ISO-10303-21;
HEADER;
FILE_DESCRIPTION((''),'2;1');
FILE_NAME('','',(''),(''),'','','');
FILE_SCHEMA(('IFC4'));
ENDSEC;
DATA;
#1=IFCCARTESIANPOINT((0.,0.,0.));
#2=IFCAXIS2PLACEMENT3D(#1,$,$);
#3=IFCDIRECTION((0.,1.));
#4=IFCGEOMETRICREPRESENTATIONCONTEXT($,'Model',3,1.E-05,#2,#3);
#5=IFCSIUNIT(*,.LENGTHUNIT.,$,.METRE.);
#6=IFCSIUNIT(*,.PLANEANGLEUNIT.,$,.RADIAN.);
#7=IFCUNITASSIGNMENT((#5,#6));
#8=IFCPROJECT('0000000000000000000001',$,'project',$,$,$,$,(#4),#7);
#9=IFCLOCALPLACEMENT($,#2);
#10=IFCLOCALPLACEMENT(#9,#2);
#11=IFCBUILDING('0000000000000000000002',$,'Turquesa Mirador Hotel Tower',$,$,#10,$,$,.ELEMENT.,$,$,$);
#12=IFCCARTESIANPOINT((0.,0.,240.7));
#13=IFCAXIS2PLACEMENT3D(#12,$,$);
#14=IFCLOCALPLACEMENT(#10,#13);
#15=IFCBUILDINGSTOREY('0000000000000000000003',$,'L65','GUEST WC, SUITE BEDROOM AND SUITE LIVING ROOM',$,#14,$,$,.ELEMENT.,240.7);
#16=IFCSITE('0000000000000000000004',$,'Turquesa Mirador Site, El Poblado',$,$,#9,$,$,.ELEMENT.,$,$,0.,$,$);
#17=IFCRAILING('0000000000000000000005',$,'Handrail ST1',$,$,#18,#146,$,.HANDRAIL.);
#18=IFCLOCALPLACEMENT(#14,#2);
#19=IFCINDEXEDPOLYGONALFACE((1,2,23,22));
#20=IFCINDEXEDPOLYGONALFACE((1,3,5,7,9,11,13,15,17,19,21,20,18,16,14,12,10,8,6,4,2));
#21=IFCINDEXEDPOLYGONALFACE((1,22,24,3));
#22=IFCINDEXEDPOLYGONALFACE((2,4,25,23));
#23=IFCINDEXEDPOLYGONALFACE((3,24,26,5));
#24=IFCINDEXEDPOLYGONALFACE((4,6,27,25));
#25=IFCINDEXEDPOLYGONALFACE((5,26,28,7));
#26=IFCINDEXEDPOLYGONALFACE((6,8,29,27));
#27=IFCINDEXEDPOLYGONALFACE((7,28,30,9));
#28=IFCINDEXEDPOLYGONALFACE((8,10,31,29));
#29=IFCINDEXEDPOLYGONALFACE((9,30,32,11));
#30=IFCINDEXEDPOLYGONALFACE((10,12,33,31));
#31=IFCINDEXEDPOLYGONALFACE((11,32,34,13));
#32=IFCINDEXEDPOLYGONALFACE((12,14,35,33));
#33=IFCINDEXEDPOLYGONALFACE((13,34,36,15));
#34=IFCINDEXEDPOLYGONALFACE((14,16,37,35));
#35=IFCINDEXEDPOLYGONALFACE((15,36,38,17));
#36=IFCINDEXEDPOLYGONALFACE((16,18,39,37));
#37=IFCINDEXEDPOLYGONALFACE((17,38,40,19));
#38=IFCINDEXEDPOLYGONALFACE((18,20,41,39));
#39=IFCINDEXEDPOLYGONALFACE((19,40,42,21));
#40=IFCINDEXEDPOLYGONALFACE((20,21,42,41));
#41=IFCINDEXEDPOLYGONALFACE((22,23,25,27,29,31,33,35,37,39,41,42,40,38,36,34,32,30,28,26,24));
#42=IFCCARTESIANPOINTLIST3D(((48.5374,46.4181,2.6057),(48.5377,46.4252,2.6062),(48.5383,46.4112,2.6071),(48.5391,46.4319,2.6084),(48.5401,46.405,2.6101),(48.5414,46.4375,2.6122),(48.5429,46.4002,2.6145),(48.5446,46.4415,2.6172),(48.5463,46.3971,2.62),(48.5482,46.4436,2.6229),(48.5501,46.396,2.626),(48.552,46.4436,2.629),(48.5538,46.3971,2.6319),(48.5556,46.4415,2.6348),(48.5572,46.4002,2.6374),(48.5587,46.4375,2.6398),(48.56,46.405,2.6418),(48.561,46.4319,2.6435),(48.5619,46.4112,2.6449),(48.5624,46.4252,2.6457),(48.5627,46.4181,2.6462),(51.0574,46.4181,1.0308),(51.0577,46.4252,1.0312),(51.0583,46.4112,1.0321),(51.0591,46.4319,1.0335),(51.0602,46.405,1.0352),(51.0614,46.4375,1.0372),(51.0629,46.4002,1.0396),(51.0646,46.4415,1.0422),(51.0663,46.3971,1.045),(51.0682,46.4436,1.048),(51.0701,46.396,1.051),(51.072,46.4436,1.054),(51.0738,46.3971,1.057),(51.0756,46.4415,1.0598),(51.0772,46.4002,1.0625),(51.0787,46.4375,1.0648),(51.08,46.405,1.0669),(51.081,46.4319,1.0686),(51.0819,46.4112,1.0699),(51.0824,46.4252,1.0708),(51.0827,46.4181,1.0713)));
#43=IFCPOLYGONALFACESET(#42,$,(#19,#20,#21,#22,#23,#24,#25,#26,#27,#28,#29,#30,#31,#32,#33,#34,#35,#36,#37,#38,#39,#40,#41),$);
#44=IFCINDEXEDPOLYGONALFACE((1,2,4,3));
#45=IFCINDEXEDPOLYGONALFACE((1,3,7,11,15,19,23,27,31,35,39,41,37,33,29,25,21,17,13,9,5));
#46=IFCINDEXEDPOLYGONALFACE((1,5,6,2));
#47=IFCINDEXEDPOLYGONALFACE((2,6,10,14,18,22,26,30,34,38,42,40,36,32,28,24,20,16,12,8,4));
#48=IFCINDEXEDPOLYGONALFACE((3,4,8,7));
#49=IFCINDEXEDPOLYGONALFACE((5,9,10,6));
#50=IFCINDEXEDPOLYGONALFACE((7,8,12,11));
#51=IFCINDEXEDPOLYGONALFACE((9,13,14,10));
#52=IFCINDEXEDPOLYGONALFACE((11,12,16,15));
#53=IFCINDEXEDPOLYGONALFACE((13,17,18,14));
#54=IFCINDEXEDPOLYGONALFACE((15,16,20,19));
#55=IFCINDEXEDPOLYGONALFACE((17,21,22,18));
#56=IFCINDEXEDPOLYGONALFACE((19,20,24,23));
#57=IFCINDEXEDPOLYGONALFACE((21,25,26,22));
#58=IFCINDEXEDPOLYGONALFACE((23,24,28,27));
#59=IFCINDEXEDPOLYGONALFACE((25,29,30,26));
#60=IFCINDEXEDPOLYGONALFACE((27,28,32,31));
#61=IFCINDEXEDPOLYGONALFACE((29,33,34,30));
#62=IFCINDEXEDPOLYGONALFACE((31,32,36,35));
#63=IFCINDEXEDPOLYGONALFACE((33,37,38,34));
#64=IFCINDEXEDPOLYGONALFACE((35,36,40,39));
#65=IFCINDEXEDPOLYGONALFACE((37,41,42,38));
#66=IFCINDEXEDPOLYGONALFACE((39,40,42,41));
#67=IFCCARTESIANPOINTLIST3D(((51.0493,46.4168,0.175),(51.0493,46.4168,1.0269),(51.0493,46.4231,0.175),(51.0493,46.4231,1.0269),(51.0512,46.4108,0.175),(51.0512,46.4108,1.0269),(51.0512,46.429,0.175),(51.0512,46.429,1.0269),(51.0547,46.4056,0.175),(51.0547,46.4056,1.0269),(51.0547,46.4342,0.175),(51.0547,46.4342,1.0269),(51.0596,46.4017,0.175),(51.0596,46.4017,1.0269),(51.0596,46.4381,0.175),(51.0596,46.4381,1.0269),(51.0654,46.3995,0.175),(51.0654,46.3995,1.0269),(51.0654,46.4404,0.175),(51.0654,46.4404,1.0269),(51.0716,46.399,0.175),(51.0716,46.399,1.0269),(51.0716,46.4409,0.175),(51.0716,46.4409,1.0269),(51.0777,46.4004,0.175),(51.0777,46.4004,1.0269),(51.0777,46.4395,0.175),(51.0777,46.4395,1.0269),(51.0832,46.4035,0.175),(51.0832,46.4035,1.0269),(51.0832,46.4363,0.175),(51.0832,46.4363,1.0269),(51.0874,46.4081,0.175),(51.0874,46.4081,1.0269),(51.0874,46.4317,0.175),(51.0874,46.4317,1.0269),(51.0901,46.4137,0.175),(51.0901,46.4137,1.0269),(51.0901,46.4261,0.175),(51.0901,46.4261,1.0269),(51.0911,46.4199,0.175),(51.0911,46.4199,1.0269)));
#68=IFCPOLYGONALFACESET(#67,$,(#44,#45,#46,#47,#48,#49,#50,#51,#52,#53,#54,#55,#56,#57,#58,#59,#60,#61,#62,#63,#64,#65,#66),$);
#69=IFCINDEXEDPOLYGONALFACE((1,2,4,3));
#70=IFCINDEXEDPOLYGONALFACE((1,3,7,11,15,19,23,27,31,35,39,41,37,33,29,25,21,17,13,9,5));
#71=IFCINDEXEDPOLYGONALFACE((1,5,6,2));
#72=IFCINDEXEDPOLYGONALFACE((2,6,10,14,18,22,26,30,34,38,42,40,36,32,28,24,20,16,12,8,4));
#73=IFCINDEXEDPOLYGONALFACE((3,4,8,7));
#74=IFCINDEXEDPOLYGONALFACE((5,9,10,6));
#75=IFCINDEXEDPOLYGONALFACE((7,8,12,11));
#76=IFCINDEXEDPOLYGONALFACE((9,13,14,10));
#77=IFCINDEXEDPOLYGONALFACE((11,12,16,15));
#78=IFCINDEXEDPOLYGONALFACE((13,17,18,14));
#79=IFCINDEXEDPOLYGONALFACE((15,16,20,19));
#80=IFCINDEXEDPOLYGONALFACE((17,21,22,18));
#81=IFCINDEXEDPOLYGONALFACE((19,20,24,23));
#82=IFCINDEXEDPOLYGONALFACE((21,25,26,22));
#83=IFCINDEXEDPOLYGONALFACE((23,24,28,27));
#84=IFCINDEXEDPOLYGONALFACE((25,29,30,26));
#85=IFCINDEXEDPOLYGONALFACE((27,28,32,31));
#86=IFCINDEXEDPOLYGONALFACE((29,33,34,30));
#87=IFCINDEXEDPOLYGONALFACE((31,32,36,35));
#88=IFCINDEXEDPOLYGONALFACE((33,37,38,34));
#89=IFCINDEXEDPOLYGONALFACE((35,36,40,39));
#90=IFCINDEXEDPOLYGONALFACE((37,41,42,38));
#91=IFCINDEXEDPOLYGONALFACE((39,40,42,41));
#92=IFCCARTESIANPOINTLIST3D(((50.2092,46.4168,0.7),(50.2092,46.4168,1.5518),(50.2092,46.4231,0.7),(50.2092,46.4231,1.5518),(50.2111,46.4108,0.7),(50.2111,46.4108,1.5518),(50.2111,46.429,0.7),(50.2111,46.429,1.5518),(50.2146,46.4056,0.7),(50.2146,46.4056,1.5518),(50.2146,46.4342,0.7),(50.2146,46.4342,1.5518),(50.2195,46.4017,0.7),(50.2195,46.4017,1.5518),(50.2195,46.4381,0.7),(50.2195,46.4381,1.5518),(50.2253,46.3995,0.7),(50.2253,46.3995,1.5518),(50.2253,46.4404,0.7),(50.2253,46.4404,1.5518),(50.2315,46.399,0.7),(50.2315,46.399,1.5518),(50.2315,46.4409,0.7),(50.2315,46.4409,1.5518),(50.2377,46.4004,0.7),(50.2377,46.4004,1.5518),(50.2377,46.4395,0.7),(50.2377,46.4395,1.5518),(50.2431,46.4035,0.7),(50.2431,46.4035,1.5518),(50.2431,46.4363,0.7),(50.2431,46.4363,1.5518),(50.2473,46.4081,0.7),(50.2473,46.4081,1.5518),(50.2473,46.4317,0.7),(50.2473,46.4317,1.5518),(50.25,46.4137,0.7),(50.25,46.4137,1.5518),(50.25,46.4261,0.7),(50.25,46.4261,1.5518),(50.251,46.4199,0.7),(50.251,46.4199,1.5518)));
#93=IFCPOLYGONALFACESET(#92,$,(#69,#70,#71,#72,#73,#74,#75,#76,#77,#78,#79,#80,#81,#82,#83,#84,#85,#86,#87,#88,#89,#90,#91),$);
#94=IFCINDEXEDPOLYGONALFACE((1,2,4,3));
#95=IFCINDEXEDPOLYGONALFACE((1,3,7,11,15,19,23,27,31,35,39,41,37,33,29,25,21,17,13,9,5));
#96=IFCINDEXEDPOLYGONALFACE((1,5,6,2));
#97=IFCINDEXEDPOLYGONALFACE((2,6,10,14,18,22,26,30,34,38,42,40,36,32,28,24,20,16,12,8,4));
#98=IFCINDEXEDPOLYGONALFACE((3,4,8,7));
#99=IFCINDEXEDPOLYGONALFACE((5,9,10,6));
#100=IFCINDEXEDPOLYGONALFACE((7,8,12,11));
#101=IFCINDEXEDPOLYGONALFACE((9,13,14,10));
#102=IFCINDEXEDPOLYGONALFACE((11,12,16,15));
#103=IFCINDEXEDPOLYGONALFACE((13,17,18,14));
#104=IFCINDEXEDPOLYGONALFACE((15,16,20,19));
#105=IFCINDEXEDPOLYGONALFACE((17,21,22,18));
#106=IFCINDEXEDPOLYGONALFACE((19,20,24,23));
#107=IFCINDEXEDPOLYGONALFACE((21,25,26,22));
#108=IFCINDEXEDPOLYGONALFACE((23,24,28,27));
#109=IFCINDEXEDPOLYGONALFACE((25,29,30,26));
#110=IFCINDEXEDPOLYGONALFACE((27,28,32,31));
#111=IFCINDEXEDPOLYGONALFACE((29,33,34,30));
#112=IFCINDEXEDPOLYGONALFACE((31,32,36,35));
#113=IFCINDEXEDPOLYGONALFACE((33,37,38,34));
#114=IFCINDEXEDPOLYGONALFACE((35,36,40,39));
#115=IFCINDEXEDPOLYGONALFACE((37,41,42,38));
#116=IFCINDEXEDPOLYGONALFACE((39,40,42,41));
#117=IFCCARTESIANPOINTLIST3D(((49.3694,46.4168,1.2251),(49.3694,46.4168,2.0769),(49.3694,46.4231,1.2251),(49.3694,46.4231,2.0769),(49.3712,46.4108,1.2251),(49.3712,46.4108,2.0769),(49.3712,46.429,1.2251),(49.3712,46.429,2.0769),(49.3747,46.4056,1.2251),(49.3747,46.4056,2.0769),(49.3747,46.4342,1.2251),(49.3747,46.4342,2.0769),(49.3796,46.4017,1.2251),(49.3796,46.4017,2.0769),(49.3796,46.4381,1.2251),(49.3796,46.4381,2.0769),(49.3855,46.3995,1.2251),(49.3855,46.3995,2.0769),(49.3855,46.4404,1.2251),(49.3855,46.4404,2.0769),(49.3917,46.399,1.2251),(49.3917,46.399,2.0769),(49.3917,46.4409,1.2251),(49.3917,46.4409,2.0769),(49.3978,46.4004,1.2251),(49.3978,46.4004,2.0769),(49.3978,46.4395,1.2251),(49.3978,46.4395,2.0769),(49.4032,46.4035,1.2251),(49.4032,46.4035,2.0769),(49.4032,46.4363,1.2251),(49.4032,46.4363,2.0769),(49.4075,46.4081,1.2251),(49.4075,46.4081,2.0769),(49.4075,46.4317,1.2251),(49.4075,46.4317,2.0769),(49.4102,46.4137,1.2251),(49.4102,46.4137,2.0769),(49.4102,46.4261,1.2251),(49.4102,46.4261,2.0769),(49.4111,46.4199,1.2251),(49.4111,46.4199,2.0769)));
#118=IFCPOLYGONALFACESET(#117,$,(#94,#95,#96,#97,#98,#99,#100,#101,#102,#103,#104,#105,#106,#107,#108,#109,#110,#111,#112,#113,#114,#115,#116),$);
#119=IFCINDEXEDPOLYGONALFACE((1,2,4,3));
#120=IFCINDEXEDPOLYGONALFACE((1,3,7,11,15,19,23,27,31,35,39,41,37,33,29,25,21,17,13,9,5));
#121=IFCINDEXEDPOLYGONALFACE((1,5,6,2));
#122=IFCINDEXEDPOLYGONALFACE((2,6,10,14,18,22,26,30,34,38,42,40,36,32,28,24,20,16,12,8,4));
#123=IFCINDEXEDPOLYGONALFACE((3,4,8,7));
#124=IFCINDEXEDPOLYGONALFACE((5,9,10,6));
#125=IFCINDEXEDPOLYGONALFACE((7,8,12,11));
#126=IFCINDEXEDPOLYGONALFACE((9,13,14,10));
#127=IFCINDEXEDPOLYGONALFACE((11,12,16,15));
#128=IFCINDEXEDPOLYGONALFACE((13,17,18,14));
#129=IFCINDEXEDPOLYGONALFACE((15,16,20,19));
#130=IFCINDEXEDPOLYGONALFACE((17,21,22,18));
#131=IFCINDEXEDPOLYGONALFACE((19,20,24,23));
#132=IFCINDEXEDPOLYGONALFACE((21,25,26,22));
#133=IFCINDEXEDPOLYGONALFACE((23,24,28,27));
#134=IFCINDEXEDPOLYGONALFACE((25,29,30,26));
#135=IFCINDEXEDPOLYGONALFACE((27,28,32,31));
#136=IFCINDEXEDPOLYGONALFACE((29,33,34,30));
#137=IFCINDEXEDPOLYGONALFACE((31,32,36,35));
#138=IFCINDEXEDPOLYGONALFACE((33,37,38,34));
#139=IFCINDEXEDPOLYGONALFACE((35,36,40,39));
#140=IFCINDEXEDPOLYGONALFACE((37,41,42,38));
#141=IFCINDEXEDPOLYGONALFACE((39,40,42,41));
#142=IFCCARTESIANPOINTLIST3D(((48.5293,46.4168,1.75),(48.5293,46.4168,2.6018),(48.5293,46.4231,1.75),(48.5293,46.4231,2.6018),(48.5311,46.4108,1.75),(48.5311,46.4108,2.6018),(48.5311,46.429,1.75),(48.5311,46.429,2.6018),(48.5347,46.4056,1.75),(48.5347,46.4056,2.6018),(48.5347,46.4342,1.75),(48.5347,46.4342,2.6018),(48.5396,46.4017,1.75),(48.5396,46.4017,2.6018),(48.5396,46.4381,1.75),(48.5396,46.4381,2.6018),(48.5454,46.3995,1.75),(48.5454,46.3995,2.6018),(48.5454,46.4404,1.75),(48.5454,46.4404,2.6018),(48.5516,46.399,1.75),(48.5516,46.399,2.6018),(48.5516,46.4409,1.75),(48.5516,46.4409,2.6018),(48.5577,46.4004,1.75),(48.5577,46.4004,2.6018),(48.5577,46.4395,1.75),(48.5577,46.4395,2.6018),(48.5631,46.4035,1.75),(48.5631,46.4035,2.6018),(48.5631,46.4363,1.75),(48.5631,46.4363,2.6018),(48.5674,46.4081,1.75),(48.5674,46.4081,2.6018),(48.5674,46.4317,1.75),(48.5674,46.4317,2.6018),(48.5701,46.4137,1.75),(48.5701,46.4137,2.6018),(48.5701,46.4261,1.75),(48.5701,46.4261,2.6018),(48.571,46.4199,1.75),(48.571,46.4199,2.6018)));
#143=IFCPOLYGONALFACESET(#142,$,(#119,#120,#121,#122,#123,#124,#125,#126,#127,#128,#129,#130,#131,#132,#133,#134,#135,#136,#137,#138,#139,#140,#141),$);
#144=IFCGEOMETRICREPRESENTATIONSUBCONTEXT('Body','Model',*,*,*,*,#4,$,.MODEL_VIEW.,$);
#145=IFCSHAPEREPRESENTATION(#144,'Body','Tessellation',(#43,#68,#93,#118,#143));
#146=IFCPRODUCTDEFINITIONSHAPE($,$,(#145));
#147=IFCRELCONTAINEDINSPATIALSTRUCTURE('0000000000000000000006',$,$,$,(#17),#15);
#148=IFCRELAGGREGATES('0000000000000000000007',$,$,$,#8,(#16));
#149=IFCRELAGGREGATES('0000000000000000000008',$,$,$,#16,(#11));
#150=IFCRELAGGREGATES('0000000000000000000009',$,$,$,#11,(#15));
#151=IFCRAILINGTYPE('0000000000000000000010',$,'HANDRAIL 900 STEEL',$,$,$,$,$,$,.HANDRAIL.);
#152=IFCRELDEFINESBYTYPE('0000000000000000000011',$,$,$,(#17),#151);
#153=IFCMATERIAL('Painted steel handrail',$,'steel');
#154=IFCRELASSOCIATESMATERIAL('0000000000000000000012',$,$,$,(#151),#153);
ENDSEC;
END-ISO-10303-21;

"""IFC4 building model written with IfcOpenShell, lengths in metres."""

from ifc_helpers import new_model, si_unit, direction, frame, origin, origin_2d, place, context, subcontext, project, spatial, circle, extrude, material, type_object, element, save


model = new_model("IFC4")

# Units and contexts
model_context = context("Model", 3, precision=1e-05, world=origin(), true_north=direction((0.0, 1.0)))
body_context = subcontext(model_context, "Body", "Model", "MODEL_VIEW")
ifc_project = project(units=[si_unit("LENGTHUNIT", "METRE"), si_unit("PLANEANGLEUNIT", "RADIAN")], contexts=[model_context])

# Site, building, storey
site_placement = place(None, origin())
site = spatial("IfcSite", under=ifc_project, at=site_placement, Name="Turquesa Mirador Site, El Poblado", CompositionType="ELEMENT", RefElevation=0.0)
building_placement = place(site_placement, origin())
building = spatial("IfcBuilding", under=site, at=building_placement, Name="Turquesa Mirador Hotel Tower", CompositionType="ELEMENT")
storey_placement = place(building_placement, frame((0.0, 0.0, 240.7)))
storey = spatial("IfcBuildingStorey", under=building, at=storey_placement, Name="L65", Description="GUEST WC, SUITE BEDROOM AND SUITE LIVING ROOM", CompositionType="ELEMENT", Elevation=240.7)

# Railing
ifc_material_1 = material(Name="Painted steel handrail", Category="steel")
railing_type = type_object("IfcRailingType", Name="HANDRAIL 900 STEEL", PredefinedType="HANDRAIL", material=ifc_material_1)
railing_1_placement = place(storey_placement, frame((51.0701, 46.4199, 0.175)))
element("IfcRailing", 1, at=railing_1_placement, inside=storey, type_object=railing_type, Name="Handrail ST1", PredefinedType="HANDRAIL", context=body_context, shape_type="SweptSolid", body=[
    extrude(circle(Radius=0.0239, at=origin_2d()), frame((0.0, 0.0, 0.876), z_axis=(-0.848008, 0.0, 0.529984), x_axis=(0.0, -1.0, 0.0)), (0.0, 0.0, 1.0), 2.9717),
    extrude(circle(Radius=0.021, at=origin_2d()), origin(), (0.0, 0.0, 1.0), 0.8518),
    extrude(circle(Radius=0.021, at=origin_2d()), frame((-0.8401, 0.0, 0.5249)), (0.0, 0.0, 1.0), 0.8518),
    extrude(circle(Radius=0.021, at=origin_2d()), frame((-1.6799, 0.0, 1.05)), (0.0, 0.0, 1.0), 0.8518),
    extrude(circle(Radius=0.021, at=origin_2d()), frame((-2.52, 0.0, 1.575)), (0.0, 0.0, 1.0), 0.8518),
])

save(model, "model.ifc")
